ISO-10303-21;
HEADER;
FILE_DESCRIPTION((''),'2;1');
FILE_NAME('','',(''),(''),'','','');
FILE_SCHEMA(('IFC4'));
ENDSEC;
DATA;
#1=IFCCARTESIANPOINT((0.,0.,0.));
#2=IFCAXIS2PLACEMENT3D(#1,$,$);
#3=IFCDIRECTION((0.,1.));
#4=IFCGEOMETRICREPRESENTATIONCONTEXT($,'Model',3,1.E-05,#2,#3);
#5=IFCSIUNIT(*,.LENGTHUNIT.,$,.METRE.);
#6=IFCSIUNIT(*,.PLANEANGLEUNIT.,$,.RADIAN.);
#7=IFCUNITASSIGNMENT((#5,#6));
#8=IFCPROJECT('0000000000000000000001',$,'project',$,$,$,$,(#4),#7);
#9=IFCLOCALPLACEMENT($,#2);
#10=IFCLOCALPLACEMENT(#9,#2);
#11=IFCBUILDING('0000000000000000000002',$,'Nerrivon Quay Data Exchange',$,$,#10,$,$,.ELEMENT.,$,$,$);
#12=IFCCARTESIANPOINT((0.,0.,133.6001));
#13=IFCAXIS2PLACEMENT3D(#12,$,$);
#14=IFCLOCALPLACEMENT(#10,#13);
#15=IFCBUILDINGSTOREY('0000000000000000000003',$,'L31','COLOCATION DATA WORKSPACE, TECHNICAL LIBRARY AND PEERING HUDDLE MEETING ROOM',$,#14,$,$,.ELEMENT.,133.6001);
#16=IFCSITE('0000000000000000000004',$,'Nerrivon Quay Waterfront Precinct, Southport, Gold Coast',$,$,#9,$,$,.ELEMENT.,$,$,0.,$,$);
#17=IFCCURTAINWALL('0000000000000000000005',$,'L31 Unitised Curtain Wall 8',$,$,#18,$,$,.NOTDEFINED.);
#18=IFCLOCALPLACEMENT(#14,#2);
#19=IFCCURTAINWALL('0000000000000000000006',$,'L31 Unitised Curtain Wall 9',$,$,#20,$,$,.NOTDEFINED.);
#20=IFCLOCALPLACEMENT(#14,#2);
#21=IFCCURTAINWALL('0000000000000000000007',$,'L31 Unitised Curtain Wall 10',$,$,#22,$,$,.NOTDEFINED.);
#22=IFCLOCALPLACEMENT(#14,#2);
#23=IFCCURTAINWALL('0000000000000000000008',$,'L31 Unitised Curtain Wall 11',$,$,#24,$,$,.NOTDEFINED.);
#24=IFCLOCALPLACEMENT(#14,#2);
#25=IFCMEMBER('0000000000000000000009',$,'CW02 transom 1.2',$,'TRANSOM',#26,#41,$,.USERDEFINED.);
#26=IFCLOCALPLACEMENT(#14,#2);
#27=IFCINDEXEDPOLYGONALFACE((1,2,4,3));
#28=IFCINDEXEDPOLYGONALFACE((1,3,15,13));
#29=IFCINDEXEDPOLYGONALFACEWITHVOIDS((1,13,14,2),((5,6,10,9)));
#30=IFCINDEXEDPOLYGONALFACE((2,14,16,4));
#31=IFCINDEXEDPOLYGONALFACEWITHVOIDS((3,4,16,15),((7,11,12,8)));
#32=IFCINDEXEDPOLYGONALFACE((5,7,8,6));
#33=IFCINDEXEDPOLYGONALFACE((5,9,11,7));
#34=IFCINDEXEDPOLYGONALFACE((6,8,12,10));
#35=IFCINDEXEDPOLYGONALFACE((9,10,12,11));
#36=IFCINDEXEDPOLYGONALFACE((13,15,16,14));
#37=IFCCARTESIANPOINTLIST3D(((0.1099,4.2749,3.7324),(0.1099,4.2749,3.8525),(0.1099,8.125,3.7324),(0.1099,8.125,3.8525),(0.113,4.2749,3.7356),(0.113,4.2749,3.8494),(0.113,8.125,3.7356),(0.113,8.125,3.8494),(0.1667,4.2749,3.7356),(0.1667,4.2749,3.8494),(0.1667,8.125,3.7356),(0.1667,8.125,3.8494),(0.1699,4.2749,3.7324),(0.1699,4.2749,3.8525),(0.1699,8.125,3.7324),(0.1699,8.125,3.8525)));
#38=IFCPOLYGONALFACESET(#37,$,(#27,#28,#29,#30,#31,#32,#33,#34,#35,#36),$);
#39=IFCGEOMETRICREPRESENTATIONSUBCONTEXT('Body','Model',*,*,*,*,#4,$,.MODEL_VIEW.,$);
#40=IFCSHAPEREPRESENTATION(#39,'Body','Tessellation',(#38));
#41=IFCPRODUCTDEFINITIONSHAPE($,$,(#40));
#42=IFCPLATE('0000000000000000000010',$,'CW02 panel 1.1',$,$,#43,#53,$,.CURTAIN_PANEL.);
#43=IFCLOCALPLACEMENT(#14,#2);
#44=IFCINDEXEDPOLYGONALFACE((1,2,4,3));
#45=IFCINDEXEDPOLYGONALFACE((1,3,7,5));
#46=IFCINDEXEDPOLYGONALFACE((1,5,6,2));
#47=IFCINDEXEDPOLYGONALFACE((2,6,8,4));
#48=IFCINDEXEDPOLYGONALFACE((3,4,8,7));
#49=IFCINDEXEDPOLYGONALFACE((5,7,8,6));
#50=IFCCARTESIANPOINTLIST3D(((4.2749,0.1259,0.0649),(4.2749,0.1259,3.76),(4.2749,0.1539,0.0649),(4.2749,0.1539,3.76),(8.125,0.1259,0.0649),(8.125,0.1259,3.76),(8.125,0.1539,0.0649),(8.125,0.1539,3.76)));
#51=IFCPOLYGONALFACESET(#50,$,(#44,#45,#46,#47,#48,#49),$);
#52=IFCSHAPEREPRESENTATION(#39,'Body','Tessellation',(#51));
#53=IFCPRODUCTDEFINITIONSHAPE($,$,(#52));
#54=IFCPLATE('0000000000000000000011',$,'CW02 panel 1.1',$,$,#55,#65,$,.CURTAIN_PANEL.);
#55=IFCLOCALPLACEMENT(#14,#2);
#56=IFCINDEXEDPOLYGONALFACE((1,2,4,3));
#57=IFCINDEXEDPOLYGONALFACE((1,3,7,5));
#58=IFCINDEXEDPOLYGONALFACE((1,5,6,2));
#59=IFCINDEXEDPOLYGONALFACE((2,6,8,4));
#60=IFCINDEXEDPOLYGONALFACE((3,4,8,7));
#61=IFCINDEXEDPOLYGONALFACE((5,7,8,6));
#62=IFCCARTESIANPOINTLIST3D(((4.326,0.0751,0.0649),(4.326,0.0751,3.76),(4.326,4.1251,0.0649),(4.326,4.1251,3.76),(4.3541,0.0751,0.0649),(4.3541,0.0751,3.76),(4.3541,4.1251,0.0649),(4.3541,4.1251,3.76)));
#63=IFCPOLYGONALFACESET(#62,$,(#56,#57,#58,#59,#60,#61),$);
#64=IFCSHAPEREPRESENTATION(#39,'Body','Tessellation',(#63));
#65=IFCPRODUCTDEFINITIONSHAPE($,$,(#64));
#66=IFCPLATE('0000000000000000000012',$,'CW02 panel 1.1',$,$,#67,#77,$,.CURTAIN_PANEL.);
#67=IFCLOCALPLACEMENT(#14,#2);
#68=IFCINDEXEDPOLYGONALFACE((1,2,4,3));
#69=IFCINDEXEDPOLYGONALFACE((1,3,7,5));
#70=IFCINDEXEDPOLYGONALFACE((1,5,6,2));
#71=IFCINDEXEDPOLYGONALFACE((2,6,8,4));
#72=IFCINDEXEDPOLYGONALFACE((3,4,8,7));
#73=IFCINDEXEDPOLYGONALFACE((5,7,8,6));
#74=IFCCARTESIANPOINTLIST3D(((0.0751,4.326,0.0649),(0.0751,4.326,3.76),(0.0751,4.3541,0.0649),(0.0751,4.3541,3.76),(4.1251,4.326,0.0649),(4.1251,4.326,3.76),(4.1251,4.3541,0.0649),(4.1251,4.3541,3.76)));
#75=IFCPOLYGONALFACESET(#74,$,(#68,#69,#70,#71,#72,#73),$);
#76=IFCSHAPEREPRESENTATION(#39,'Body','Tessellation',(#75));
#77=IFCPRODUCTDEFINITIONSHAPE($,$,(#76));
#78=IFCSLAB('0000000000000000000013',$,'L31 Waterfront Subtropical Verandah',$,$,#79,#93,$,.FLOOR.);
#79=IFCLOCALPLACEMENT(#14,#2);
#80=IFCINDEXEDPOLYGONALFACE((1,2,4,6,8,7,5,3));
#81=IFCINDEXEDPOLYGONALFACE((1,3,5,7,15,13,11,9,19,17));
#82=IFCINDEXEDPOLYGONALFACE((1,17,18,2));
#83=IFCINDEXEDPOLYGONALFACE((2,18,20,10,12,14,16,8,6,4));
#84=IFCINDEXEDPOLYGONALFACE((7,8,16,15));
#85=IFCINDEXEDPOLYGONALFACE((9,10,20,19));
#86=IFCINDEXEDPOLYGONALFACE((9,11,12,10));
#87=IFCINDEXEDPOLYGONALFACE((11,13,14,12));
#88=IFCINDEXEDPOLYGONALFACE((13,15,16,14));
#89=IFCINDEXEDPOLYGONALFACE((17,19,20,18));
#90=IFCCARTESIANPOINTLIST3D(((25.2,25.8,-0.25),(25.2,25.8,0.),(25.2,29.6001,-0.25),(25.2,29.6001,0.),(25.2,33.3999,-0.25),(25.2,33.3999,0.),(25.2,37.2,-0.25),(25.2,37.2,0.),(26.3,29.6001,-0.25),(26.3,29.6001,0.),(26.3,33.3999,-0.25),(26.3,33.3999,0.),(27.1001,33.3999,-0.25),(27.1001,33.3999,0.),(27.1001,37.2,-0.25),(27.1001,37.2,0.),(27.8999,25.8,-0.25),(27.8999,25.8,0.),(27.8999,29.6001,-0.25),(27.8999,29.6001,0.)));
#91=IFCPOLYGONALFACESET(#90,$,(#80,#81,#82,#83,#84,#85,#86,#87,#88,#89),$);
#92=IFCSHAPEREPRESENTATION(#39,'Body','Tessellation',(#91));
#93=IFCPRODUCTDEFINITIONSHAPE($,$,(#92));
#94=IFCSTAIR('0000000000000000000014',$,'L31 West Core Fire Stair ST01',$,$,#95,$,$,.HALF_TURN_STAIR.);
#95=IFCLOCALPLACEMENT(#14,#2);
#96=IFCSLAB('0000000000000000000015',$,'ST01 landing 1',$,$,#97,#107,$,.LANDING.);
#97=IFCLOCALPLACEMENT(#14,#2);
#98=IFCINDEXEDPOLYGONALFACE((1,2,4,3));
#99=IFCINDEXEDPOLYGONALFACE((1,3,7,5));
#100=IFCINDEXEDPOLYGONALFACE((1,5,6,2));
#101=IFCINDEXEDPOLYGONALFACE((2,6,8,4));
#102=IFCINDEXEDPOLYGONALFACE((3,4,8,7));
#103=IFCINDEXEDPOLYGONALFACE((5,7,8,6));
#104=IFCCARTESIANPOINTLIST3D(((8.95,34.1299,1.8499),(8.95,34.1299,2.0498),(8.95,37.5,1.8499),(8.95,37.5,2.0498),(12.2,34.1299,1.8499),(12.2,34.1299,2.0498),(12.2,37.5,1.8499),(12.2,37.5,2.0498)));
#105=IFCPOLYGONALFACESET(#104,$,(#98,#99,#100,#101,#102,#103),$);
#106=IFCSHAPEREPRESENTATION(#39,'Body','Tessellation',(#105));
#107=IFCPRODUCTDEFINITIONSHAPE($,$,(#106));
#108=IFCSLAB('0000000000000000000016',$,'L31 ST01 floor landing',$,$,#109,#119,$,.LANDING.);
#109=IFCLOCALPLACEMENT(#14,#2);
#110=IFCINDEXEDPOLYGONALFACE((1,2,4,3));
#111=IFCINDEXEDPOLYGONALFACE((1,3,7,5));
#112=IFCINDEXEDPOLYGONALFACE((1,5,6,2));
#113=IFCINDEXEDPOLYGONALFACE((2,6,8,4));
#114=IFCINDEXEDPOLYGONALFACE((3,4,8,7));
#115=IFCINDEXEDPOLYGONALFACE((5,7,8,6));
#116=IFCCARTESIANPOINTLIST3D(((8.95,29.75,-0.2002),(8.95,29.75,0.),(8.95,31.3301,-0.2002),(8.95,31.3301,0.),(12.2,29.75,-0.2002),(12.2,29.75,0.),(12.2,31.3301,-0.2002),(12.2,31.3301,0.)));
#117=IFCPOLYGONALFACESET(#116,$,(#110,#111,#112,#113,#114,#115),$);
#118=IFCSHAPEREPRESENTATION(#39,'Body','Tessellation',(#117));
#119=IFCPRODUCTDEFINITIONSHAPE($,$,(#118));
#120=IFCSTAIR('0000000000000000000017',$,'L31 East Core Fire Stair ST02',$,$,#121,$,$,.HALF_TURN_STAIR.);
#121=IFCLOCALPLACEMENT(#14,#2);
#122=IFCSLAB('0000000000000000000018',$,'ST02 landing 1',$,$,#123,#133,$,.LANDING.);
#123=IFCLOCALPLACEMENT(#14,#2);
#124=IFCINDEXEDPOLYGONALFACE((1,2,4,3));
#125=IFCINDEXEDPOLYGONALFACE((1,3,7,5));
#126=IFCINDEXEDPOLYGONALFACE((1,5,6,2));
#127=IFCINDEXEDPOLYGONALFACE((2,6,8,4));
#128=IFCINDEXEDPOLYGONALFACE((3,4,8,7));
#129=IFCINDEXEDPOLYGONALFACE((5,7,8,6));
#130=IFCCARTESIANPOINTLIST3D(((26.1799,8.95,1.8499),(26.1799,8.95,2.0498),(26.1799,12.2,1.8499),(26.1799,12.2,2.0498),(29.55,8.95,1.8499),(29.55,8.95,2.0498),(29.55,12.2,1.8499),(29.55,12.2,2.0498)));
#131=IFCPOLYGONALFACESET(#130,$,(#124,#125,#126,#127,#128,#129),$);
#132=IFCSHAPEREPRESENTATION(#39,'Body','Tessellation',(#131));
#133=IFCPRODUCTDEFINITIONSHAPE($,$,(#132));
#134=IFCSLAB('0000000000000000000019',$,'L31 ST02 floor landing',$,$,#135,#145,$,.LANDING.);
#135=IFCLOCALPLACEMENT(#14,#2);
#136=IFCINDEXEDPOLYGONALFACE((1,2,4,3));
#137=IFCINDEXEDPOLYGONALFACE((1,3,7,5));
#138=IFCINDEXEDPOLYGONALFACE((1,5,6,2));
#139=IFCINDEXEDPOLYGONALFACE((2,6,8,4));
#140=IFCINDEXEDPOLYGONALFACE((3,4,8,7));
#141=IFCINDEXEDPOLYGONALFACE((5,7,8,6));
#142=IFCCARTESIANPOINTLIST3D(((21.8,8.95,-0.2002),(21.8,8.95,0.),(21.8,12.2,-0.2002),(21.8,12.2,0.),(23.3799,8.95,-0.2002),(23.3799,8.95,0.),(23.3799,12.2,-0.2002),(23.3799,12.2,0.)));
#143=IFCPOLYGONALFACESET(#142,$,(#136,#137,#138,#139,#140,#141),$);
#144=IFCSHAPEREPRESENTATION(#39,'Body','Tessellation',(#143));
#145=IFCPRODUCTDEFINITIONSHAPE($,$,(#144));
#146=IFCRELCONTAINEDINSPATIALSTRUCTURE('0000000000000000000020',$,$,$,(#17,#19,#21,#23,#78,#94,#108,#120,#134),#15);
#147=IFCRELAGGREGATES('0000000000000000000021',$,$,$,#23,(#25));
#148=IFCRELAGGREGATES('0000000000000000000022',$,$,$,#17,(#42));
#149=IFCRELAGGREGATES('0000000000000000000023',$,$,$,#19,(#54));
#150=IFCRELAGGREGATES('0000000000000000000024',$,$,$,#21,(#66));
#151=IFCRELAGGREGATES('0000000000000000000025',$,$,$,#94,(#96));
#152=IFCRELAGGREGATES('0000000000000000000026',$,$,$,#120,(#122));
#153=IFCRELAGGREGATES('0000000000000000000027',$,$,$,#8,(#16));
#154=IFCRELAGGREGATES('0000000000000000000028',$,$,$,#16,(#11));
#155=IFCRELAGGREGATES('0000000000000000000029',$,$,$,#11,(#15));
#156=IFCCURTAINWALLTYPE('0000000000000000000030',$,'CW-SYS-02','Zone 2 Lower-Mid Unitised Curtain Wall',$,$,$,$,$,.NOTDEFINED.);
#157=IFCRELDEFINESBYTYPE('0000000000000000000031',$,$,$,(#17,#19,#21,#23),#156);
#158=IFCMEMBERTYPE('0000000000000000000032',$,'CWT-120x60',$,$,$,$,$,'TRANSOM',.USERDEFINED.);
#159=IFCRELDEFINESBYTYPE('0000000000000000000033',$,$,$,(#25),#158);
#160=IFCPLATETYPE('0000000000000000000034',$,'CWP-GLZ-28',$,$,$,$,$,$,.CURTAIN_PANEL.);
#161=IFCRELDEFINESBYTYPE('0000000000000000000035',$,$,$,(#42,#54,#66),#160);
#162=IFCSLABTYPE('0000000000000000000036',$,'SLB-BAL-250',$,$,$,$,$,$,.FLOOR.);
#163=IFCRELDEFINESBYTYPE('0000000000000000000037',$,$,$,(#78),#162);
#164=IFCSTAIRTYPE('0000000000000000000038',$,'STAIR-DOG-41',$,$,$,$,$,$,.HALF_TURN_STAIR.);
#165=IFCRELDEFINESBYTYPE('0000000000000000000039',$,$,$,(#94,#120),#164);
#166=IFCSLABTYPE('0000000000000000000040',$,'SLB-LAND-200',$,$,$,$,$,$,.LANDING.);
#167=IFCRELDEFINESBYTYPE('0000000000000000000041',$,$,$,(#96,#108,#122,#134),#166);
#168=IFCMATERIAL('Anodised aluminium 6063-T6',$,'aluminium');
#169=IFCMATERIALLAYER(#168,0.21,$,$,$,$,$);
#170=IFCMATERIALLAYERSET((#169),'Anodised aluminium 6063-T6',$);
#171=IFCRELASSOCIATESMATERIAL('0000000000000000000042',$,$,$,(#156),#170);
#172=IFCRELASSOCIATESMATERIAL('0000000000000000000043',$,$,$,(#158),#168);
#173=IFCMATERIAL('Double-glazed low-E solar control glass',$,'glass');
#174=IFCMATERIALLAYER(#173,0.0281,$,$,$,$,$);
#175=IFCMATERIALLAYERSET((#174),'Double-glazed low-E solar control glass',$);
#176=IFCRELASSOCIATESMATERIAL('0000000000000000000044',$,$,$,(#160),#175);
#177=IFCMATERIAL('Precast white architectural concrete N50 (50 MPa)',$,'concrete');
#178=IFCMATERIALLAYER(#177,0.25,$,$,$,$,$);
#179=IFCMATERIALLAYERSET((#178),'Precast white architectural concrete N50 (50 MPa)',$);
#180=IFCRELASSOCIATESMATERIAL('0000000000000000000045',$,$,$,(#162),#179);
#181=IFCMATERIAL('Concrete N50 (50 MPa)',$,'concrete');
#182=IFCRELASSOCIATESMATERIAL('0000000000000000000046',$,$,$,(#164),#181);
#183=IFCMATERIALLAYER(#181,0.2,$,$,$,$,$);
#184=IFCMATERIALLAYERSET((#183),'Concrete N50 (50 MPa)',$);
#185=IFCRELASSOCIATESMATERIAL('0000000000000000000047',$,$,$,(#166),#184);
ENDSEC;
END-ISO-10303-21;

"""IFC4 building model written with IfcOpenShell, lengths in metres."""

from ifc_helpers import new_model, si_unit, direction, frame, origin, origin_2d, place, context, subcontext, project, spatial, polyline, rectangle, hollow_rectangle, outline, extrude, material, layer, layer_set, material_profile, profile_set, type_object, element, aggregate, save


model = new_model("IFC4")

# Units and contexts
model_context = context("Model", 3, precision=1e-05, world=origin(), true_north=direction((0.0, 1.0)))
body_context = subcontext(model_context, "Body", "Model", "MODEL_VIEW")
ifc_project = project(units=[si_unit("LENGTHUNIT", "METRE"), si_unit("PLANEANGLEUNIT", "RADIAN")], contexts=[model_context])

# Site, building, storey
site_placement = place(None, origin())
site = spatial("IfcSite", under=ifc_project, at=site_placement, Name="Nerrivon Quay Waterfront Precinct, Southport, Gold Coast", CompositionType="ELEMENT", RefElevation=0.0)
building_placement = place(site_placement, origin())
building = spatial("IfcBuilding", under=site, at=building_placement, Name="Nerrivon Quay Data Exchange", CompositionType="ELEMENT")
storey_placement = place(building_placement, frame((0.0, 0.0, 133.6001)))
storey = spatial("IfcBuildingStorey", under=building, at=storey_placement, Name="L31", Description="COLOCATION DATA WORKSPACE, TECHNICAL LIBRARY AND PEERING HUDDLE MEETING ROOM", CompositionType="ELEMENT", Elevation=133.6001)

# Curtain wall
ifc_material_1 = material(Name="Anodised aluminium 6063-T6", Category="aluminium")
ifc_layer_1 = layer(ifc_material_1, 0.21)
ifc_layer_set_1 = layer_set([ifc_layer_1], Name="Anodised aluminium 6063-T6")
curtain_wall_type = type_object("IfcCurtainWallType", Name="CW-SYS-02", Description="Zone 2 Lower-Mid Unitised Curtain Wall", PredefinedType="NOTDEFINED", material=ifc_layer_set_1)
curtain_wall_1_placement = place(storey_placement, origin())
curtain_wall_1 = element("IfcCurtainWall", 1, at=curtain_wall_1_placement, inside=storey, type_object=curtain_wall_type, Name="L31 Unitised Curtain Wall 8", PredefinedType="NOTDEFINED")

# Curtain walls
curtain_wall_2_placement = place(storey_placement, origin())
curtain_wall_2 = element("IfcCurtainWall", 2, at=curtain_wall_2_placement, inside=storey, type_object=curtain_wall_type, Name="L31 Unitised Curtain Wall 9", PredefinedType="NOTDEFINED")
curtain_wall_3_placement = place(storey_placement, origin())
curtain_wall_3 = element("IfcCurtainWall", 3, at=curtain_wall_3_placement, inside=storey, type_object=curtain_wall_type, Name="L31 Unitised Curtain Wall 10", PredefinedType="NOTDEFINED")

# Curtain wall
curtain_wall_4_placement = place(storey_placement, origin())
curtain_wall_4 = element("IfcCurtainWall", 4, at=curtain_wall_4_placement, inside=storey, type_object=curtain_wall_type, Name="L31 Unitised Curtain Wall 11", PredefinedType="NOTDEFINED")

# Member
ifc_material_profile_1 = material_profile(ifc_material_1, hollow_rectangle(XDim=0.0601, YDim=0.1201, WallThickness=0.0032, at=origin_2d()), Name="ALU-TRAN-120x60")
ifc_profile_set_1 = profile_set([ifc_material_profile_1], Name="Anodised aluminium 6063-T6")
member_type_1 = type_object("IfcMemberType", Name="CWT-120x60", ElementType="TRANSOM", PredefinedType="USERDEFINED", material=ifc_profile_set_1)
member_1_placement = place(storey_placement, frame((0.1399, 4.2749, 3.7925), z_axis=(0.0, 1.0, 0.0), x_axis=(-1.0, 0.0, 0.0)))
member_1 = element("IfcMember", 5, at=member_1_placement, type_object=member_type_1, Name="CW02 transom 1.2", ObjectType="TRANSOM", PredefinedType="USERDEFINED", context=body_context, shape_type="SweptSolid", body=[
    extrude(hollow_rectangle(XDim=0.0601, YDim=0.1201, WallThickness=0.0032, at=origin_2d()), origin(), (0.0, 0.0, 1.0), 3.8501),
])
aggregate(curtain_wall_4, [member_1])

# Plates
ifc_material_2 = material(Name="Double-glazed low-E solar control glass", Category="glass")
ifc_layer_2 = layer(ifc_material_2, 0.0281)
ifc_layer_set_2 = layer_set([ifc_layer_2], Name="Double-glazed low-E solar control glass")
plate_type = type_object("IfcPlateType", Name="CWP-GLZ-28", PredefinedType="CURTAIN_PANEL", material=ifc_layer_set_2)
plate_1_placement = place(storey_placement, frame((6.2, 0.1399, 0.0649), z_axis=(0.0, 0.0, 1.0), x_axis=(-1.0, 0.0, 0.0)))
plate_1 = element("IfcPlate", 6, at=plate_1_placement, type_object=plate_type, Name="CW02 panel 1.1", PredefinedType="CURTAIN_PANEL", context=body_context, shape_type="SweptSolid", body=[
    extrude(rectangle(XDim=3.8501, YDim=0.0281, at=origin_2d()), origin(), (0.0, 0.0, 1.0), 3.6951),
])
aggregate(curtain_wall_1, [plate_1])
plate_2_placement = place(storey_placement, frame((4.3401, 2.1001, 0.0649), z_axis=(0.0, 0.0, 1.0), x_axis=(0.0, 1.0, 0.0)))
plate_2 = element("IfcPlate", 7, at=plate_2_placement, type_object=plate_type, Name="CW02 panel 1.1", PredefinedType="CURTAIN_PANEL", context=body_context, shape_type="SweptSolid", body=[
    extrude(rectangle(XDim=4.05, YDim=0.0281, at=origin_2d()), origin(), (0.0, 0.0, 1.0), 3.6951),
])
aggregate(curtain_wall_2, [plate_2])
plate_3_placement = place(storey_placement, frame((2.1001, 4.3401, 0.0649), z_axis=(0.0, 0.0, 1.0), x_axis=(-1.0, 0.0, 0.0)))
plate_3 = element("IfcPlate", 8, at=plate_3_placement, type_object=plate_type, Name="CW02 panel 1.1", PredefinedType="CURTAIN_PANEL", context=body_context, shape_type="SweptSolid", body=[
    extrude(rectangle(XDim=4.05, YDim=0.0281, at=origin_2d()), origin(), (0.0, 0.0, 1.0), 3.6951),
])
aggregate(curtain_wall_3, [plate_3])

# Slab
ifc_material_3 = material(Name="Precast white architectural concrete N50 (50 MPa)", Category="concrete")
ifc_layer_3 = layer(ifc_material_3, 0.25)
ifc_layer_set_3 = layer_set([ifc_layer_3], Name="Precast white architectural concrete N50 (50 MPa)")
slab_type_1 = type_object("IfcSlabType", Name="SLB-BAL-250", PredefinedType="FLOOR", material=ifc_layer_set_3)
slab_1_placement = place(storey_placement, frame((0.0, 0.0, -0.25)))
element("IfcSlab", 9, at=slab_1_placement, inside=storey, type_object=slab_type_1, Name="L31 Waterfront Subtropical Verandah", PredefinedType="FLOOR", context=body_context, shape_type="SweptSolid", body=[
    extrude(outline(polyline([(26.3, 29.6001), (26.3, 33.3999), (27.1001, 33.3999), (27.1001, 37.2), (25.2, 37.2), (25.2, 33.3999), (25.2, 29.6001), (25.2, 25.8), (27.8999, 25.8), (27.8999, 29.6001), (26.3, 29.6001)])), origin(), (0.0, 0.0, 1.0), 0.25),
])

# Stair, slab
ifc_material_4 = material(Name="Concrete N50 (50 MPa)", Category="concrete")
stair_type = type_object("IfcStairType", Name="STAIR-DOG-41", PredefinedType="HALF_TURN_STAIR", material=ifc_material_4)
stair_1_placement = place(storey_placement, origin())
stair_1 = element("IfcStair", 10, at=stair_1_placement, inside=storey, type_object=stair_type, Name="L31 West Core Fire Stair ST01", PredefinedType="HALF_TURN_STAIR")
ifc_layer_4 = layer(ifc_material_4, 0.2)
ifc_layer_set_4 = layer_set([ifc_layer_4], Name="Concrete N50 (50 MPa)")
slab_type_2 = type_object("IfcSlabType", Name="SLB-LAND-200", PredefinedType="LANDING", material=ifc_layer_set_4)
slab_2_placement = place(storey_placement, frame((0.0, 0.0, 1.8499)))
slab_2 = element("IfcSlab", 11, at=slab_2_placement, type_object=slab_type_2, Name="ST01 landing 1", PredefinedType="LANDING", context=body_context, shape_type="SweptSolid", body=[
    extrude(outline(polyline([(12.2, 34.1299), (12.2, 37.5), (8.95, 37.5), (8.95, 34.1299), (12.2, 34.1299)])), origin(), (0.0, 0.0, 1.0), 0.2),
])
aggregate(stair_1, [slab_2])

# Slab
slab_3_placement = place(storey_placement, frame((0.0, 0.0, -0.2002)))
element("IfcSlab", 12, at=slab_3_placement, inside=storey, type_object=slab_type_2, Name="L31 ST01 floor landing", PredefinedType="LANDING", context=body_context, shape_type="SweptSolid", body=[
    extrude(outline(polyline([(12.2, 29.75), (12.2, 31.3301), (8.95, 31.3301), (8.95, 29.75), (12.2, 29.75)])), origin(), (0.0, 0.0, 1.0), 0.2002),
])

# Stair, slab
stair_2_placement = place(storey_placement, origin())
stair_2 = element("IfcStair", 13, at=stair_2_placement, inside=storey, type_object=stair_type, Name="L31 East Core Fire Stair ST02", PredefinedType="HALF_TURN_STAIR")
slab_4_placement = place(storey_placement, frame((0.0, 0.0, 1.8499)))
slab_4 = element("IfcSlab", 14, at=slab_4_placement, type_object=slab_type_2, Name="ST02 landing 1", PredefinedType="LANDING", context=body_context, shape_type="SweptSolid", body=[
    extrude(outline(polyline([(26.1799, 8.95), (29.55, 8.95), (29.55, 12.2), (26.1799, 12.2), (26.1799, 8.95)])), origin(), (0.0, 0.0, 1.0), 0.2),
])
aggregate(stair_2, [slab_4])

# Slab
slab_5_placement = place(storey_placement, frame((0.0, 0.0, -0.2002)))
element("IfcSlab", 15, at=slab_5_placement, inside=storey, type_object=slab_type_2, Name="L31 ST02 floor landing", PredefinedType="LANDING", context=body_context, shape_type="SweptSolid", body=[
    extrude(outline(polyline([(21.8, 8.95), (23.3799, 8.95), (23.3799, 12.2), (21.8, 12.2), (21.8, 8.95)])), origin(), (0.0, 0.0, 1.0), 0.2002),
])

save(model, "model.ifc")
